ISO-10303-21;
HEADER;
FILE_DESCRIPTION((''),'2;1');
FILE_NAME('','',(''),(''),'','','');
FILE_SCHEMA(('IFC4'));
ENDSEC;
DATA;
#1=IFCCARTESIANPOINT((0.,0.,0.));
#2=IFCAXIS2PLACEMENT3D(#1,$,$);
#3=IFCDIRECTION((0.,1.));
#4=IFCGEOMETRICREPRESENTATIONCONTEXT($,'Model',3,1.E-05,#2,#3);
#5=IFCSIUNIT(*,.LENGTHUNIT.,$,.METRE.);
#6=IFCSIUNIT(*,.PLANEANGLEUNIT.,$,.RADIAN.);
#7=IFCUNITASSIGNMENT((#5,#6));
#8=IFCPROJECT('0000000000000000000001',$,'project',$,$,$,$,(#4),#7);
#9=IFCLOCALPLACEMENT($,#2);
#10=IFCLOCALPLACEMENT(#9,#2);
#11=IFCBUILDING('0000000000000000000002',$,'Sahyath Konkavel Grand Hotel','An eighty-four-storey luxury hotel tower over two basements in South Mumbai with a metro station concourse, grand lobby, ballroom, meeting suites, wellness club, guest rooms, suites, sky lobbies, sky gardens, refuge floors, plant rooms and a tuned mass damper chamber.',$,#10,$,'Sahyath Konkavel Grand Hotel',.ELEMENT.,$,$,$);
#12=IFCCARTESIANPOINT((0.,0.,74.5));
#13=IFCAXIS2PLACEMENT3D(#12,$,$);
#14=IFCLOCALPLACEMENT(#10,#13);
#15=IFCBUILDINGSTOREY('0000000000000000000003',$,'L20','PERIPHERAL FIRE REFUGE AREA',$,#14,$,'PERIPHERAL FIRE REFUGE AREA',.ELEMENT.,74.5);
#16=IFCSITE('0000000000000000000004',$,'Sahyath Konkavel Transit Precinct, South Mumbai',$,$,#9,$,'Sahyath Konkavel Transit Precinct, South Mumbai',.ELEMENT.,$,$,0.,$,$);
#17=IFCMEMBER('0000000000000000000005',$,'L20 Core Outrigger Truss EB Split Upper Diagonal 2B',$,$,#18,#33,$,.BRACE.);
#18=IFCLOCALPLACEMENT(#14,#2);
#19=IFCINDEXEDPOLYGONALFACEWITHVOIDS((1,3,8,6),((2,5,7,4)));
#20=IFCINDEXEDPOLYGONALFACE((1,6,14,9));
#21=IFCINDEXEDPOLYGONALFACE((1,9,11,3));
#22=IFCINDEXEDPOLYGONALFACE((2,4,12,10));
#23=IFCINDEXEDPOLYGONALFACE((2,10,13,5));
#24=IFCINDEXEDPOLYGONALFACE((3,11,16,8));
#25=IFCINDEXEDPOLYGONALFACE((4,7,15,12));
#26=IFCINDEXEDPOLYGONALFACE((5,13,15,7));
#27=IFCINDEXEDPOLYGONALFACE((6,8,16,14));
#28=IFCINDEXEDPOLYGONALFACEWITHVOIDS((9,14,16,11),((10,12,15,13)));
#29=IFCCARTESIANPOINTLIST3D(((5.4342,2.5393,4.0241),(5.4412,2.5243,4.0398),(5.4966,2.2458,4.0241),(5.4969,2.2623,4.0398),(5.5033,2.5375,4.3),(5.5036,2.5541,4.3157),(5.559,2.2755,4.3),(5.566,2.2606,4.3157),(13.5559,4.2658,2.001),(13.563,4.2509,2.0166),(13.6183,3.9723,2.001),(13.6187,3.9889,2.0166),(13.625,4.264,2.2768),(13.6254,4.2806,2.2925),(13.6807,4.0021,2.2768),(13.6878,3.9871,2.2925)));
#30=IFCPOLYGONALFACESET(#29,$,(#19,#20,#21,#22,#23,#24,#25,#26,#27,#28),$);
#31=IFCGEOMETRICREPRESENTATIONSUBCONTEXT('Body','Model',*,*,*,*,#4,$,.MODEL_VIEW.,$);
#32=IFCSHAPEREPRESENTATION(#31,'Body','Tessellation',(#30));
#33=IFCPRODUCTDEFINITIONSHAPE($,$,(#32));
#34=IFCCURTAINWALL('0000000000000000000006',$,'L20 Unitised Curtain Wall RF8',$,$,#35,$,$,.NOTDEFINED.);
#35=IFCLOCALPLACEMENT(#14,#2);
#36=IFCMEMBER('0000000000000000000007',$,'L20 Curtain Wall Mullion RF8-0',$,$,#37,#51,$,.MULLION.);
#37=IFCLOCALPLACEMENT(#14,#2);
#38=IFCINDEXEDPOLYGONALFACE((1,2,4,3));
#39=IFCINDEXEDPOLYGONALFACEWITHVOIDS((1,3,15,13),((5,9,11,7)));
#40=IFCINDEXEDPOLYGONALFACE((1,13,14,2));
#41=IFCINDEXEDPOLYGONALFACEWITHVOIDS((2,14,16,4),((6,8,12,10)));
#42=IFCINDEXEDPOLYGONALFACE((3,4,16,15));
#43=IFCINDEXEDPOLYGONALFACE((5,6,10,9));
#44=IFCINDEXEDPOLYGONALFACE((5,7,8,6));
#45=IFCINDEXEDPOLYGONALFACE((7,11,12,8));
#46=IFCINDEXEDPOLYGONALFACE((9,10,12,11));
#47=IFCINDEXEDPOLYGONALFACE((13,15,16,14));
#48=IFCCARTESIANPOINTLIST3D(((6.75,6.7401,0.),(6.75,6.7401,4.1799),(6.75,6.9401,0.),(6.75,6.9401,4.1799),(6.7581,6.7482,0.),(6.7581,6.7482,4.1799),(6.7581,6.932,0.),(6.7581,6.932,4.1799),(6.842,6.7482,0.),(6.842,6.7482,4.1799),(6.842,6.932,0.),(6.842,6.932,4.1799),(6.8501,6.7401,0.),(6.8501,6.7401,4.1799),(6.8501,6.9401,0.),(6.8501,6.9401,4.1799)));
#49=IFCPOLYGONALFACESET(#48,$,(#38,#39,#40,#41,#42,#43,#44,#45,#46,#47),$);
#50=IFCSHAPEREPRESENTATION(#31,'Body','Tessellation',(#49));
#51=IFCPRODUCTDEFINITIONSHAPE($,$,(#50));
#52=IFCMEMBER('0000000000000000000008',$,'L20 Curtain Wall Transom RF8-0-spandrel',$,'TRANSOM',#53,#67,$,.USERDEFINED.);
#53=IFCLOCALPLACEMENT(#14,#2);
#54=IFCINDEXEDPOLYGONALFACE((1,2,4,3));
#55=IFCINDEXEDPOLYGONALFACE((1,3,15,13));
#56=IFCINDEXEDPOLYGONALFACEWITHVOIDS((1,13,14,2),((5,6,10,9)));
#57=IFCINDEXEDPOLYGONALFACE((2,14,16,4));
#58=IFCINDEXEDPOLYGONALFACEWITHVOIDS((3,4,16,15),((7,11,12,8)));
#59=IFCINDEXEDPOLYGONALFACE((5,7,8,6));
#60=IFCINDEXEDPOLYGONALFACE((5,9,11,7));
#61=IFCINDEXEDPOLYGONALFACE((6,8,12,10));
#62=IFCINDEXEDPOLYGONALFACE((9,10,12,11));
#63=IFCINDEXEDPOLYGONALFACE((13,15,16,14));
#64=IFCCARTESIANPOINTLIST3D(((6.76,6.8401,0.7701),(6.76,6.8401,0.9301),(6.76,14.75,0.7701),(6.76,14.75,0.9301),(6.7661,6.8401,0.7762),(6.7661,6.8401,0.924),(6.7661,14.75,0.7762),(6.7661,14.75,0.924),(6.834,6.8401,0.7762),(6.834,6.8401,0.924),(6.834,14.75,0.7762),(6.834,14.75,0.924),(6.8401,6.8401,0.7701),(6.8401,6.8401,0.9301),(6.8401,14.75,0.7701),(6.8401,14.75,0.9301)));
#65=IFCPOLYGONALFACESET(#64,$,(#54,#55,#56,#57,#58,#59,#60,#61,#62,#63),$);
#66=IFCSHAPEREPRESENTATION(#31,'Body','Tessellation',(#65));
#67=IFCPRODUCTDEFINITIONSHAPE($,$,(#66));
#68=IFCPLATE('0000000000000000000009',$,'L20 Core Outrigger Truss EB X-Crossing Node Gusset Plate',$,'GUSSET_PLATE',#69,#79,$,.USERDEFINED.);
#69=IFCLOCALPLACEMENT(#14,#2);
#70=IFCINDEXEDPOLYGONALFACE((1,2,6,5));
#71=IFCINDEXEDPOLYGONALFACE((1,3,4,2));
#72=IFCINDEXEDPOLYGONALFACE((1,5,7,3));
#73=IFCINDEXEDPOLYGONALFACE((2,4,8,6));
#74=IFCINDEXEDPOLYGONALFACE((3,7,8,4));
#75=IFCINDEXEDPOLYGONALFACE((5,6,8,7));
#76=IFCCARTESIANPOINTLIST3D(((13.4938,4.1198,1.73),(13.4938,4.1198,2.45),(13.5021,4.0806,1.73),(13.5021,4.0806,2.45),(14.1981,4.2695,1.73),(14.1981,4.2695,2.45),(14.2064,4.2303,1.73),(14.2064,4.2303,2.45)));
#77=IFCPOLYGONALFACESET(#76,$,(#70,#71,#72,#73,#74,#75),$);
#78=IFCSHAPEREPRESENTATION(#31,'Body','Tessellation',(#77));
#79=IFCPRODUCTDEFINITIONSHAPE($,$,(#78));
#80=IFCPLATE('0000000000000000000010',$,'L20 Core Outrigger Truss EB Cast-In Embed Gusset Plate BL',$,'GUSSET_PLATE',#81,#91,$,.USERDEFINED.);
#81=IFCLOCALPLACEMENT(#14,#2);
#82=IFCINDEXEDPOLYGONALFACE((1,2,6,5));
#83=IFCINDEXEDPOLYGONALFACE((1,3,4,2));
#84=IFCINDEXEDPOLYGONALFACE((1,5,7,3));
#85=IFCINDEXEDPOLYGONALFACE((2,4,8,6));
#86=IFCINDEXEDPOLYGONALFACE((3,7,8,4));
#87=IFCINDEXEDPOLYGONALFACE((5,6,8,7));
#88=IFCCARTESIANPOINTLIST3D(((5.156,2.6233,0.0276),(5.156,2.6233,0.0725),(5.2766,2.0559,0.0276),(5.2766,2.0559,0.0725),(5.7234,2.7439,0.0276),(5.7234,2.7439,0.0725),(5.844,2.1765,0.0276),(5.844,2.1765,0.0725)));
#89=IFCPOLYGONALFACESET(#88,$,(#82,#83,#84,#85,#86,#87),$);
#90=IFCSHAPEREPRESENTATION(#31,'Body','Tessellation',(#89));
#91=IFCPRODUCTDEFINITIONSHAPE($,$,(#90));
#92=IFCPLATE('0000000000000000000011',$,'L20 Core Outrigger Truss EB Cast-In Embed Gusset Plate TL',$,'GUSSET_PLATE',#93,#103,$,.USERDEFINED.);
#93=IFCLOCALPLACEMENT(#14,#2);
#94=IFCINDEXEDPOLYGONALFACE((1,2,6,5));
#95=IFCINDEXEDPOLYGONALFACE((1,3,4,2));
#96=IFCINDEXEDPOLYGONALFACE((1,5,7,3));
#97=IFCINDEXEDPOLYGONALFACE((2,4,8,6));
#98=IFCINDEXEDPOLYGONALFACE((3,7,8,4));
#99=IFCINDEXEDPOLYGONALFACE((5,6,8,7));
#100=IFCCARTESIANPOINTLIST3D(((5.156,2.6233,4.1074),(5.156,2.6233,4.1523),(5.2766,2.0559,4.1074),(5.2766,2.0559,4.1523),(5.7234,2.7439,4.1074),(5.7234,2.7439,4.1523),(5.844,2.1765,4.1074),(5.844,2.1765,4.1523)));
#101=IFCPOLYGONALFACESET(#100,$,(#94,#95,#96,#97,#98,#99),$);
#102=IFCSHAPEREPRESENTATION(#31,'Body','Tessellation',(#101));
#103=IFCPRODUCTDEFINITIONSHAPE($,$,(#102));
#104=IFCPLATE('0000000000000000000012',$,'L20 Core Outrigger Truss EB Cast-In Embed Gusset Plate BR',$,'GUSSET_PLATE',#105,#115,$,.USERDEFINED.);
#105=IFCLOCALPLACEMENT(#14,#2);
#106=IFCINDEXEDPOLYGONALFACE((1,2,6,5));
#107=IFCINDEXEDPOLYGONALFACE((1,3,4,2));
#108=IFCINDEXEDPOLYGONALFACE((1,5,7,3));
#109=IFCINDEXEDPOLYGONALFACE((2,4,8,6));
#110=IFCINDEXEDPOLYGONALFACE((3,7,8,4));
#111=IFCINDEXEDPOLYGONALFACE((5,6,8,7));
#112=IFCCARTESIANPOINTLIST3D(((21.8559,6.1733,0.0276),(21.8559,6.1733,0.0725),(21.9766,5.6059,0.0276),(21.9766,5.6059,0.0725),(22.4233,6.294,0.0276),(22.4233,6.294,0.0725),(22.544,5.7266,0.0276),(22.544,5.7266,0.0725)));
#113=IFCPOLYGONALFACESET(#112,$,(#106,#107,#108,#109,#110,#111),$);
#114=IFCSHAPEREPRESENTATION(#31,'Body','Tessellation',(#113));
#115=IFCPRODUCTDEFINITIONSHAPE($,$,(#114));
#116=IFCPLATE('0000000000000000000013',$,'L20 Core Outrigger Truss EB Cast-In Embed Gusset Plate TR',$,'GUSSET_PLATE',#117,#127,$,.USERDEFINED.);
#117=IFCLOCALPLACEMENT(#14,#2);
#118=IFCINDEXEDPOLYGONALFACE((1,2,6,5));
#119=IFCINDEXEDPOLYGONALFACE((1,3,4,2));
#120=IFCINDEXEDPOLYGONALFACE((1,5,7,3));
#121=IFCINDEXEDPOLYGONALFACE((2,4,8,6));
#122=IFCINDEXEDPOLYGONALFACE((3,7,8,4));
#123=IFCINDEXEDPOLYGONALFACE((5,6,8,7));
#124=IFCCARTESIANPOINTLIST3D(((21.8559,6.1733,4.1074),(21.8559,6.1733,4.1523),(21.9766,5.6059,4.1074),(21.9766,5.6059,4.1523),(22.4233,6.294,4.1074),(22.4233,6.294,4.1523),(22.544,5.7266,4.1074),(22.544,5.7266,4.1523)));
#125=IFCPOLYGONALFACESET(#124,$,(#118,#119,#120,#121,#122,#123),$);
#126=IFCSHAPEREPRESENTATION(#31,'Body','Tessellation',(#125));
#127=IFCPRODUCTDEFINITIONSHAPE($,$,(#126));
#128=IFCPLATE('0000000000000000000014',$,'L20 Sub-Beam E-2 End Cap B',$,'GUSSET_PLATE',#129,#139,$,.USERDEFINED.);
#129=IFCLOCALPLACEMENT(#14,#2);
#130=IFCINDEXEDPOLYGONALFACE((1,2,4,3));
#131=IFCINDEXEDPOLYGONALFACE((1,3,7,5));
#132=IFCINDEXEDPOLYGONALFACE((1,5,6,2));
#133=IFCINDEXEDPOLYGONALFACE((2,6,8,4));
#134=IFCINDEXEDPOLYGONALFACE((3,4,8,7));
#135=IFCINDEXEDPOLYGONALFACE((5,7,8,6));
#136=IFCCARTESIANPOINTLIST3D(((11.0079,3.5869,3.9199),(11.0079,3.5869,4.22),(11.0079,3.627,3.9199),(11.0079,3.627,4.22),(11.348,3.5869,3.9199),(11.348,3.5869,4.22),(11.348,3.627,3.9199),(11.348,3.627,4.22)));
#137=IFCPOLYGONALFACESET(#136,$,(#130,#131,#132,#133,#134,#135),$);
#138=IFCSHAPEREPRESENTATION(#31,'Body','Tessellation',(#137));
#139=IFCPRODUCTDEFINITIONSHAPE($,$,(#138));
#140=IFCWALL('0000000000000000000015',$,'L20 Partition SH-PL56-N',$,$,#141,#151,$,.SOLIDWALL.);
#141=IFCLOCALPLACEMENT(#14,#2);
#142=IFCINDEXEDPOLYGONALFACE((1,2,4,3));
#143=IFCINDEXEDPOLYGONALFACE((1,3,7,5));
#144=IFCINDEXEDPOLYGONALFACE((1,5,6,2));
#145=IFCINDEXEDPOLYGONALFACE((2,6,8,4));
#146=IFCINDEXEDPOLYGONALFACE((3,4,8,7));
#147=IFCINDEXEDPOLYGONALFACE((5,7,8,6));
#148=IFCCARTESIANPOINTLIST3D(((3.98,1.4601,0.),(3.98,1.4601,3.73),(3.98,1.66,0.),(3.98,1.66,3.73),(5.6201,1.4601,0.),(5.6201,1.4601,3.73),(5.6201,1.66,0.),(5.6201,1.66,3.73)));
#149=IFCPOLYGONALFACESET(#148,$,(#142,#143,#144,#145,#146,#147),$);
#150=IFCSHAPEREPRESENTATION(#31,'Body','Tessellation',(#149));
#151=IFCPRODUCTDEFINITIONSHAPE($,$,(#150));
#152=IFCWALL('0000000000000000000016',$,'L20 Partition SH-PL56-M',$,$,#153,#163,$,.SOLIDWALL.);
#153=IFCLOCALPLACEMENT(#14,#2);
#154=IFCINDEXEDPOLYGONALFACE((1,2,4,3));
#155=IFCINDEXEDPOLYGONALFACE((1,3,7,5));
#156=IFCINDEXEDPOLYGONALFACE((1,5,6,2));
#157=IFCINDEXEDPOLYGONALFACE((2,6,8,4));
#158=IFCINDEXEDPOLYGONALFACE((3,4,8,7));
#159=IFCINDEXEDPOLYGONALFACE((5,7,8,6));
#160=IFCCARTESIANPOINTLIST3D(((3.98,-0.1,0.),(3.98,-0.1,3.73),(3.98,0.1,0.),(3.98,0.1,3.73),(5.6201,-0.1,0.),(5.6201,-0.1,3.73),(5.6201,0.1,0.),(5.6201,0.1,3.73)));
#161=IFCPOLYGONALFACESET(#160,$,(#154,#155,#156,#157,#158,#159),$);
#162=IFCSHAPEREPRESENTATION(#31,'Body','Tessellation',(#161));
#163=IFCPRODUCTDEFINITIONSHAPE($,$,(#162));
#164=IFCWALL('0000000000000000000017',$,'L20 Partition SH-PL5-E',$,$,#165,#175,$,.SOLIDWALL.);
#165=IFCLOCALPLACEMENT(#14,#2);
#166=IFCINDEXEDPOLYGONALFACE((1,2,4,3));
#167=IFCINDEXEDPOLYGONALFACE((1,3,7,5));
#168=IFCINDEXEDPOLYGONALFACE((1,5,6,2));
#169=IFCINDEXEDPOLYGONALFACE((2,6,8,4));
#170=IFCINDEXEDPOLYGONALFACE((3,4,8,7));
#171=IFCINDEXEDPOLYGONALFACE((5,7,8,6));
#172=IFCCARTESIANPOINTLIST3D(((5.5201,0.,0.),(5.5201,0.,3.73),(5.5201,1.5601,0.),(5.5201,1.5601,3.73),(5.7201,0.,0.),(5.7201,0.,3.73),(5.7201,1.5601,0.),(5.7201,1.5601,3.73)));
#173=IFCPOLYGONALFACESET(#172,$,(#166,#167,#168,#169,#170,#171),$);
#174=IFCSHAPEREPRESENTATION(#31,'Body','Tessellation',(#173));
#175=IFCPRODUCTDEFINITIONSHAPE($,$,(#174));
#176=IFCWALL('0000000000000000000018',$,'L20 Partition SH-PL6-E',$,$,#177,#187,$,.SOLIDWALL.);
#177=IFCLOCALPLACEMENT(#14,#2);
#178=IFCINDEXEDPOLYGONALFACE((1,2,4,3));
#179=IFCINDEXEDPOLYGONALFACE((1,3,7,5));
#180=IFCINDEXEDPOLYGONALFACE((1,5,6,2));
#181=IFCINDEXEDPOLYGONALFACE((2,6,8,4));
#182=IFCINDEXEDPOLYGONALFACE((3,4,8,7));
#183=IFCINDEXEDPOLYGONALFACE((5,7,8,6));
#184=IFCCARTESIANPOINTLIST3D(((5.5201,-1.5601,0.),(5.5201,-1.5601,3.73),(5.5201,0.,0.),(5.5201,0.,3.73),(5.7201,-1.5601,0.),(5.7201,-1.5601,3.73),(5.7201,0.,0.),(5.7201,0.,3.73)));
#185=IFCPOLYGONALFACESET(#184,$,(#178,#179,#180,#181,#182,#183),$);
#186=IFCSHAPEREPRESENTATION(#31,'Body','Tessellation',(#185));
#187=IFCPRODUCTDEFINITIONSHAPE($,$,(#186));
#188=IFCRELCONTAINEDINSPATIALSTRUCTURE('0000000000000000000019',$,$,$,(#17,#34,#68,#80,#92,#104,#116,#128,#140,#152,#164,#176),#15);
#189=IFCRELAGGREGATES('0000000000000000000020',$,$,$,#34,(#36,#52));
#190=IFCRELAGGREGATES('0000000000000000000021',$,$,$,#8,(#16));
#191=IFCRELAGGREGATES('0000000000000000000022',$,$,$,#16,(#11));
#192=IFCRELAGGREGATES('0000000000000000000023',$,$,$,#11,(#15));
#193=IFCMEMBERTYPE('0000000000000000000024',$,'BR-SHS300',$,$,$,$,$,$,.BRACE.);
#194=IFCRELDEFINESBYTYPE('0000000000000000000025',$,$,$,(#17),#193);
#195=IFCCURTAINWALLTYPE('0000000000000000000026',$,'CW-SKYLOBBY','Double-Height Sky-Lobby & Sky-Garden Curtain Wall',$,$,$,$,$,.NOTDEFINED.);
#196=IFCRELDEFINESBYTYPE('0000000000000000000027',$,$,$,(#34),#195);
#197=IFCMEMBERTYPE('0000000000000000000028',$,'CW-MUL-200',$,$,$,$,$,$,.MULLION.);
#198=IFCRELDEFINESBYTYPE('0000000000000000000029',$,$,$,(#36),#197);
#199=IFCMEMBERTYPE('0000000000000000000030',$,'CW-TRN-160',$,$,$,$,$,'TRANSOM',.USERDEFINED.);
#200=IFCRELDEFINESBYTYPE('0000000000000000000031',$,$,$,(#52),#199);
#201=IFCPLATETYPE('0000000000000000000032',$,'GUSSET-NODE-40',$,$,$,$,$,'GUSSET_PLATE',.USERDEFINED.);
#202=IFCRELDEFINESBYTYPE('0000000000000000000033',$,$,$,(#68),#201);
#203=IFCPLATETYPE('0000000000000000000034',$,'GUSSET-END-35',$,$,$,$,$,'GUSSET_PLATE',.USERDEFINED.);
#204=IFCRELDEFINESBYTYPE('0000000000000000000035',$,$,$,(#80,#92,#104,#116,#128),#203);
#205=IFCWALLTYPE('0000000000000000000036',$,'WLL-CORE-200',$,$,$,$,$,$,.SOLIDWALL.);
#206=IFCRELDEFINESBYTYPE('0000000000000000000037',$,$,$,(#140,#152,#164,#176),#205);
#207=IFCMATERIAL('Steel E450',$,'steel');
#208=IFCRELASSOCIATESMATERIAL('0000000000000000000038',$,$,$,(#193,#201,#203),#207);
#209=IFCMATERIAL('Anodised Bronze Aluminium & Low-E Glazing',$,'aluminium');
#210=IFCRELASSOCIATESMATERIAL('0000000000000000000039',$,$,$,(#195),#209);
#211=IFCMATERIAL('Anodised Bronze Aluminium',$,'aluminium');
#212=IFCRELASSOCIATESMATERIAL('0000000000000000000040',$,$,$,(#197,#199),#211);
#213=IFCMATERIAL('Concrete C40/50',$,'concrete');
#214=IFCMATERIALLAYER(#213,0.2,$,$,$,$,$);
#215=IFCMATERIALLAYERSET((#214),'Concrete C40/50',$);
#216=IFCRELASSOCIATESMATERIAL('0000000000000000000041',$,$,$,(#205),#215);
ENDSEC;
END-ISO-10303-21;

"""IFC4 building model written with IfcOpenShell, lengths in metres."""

from ifc_helpers import new_model, si_unit, direction, frame, frame_2d, origin, origin_2d, place, context, subcontext, project, spatial, rectangle, hollow_rectangle, extrude, source, transform, mapped, material, layer, layer_set, material_profile, profile_set, type_object, element, aggregate, save


model = new_model("IFC4")

# Units and contexts
model_context = context("Model", 3, precision=1e-05, world=origin(), true_north=direction((0.0, 1.0)))
body_context = subcontext(model_context, "Body", "Model", "MODEL_VIEW")
ifc_project = project(units=[si_unit("LENGTHUNIT", "METRE"), si_unit("PLANEANGLEUNIT", "RADIAN")], contexts=[model_context])

# Site, building, storey
site_placement = place(None, origin())
site = spatial("IfcSite", under=ifc_project, at=site_placement, Name="Sahyath Konkavel Transit Precinct, South Mumbai", LongName="Sahyath Konkavel Transit Precinct, South Mumbai", CompositionType="ELEMENT", RefElevation=0.0)
building_placement = place(site_placement, origin())
building = spatial("IfcBuilding", under=site, at=building_placement, Name="Sahyath Konkavel Grand Hotel", Description="An eighty-four-storey luxury hotel tower over two basements in South Mumbai with a metro station concourse, grand lobby, ballroom, meeting suites, wellness club, guest rooms, suites, sky lobbies, sky gardens, refuge floors, plant rooms and a tuned mass damper chamber.", LongName="Sahyath Konkavel Grand Hotel", CompositionType="ELEMENT")
storey_placement = place(building_placement, frame((0.0, 0.0, 74.5)))
storey = spatial("IfcBuildingStorey", under=building, at=storey_placement, Name="L20", Description="PERIPHERAL FIRE REFUGE AREA", LongName="PERIPHERAL FIRE REFUGE AREA", CompositionType="ELEMENT", Elevation=74.5)

# Shared definitions
ifc_material_1 = material(Name="Steel E450", Category="steel")

# Member
ifc_material_profile_1 = material_profile(ifc_material_1, hollow_rectangle(XDim=0.3, YDim=0.3, WallThickness=0.0161, at=origin_2d()), Name="SHS 300x300x16")
ifc_profile_set_1 = profile_set([ifc_material_profile_1], Name="Steel E450")
member_type_1 = type_object("IfcMemberType", Name="BR-SHS300", PredefinedType="BRACE", material=ifc_profile_set_1)
shared_shape_1 = source(origin(), body_context, "Body", "SweptSolid", [
    extrude(hollow_rectangle(XDim=0.3, YDim=0.3, WallThickness=0.0161, at=origin_2d()), origin(), (0.0, 0.0, 1.0), 8.5461),
])
for number, where, z_axis, x_axis, name in (
    (1, (13.6218, 4.1265, 2.1467), (-0.950338, -0.202026, 0.236735), (0.207936, -0.978142, 0.0), "L20 Core Outrigger Truss EB Split Upper Diagonal 2B"),
):
    element("IfcMember", number, at=place(storey_placement, frame(where, z_axis=z_axis, x_axis=x_axis)), inside=storey, type_object=member_type_1, Name=name, PredefinedType="BRACE", context=body_context, shape_type="MappedRepresentation", body=[
        mapped(shared_shape_1, transform((0.0, 0.0, 0.0), scale=1.0)),
    ])

# Curtain wall, members
ifc_material_2 = material(Name="Anodised Bronze Aluminium & Low-E Glazing", Category="aluminium")
curtain_wall_type = type_object("IfcCurtainWallType", Name="CW-SKYLOBBY", Description="Double-Height Sky-Lobby & Sky-Garden Curtain Wall", PredefinedType="NOTDEFINED", material=ifc_material_2)
curtain_wall_placement = place(storey_placement, origin())
curtain_wall = element("IfcCurtainWall", 2, at=curtain_wall_placement, inside=storey, type_object=curtain_wall_type, Name="L20 Unitised Curtain Wall RF8", PredefinedType="NOTDEFINED")
ifc_material_3 = material(Name="Anodised Bronze Aluminium", Category="aluminium")
ifc_material_profile_2 = material_profile(ifc_material_3, hollow_rectangle(XDim=0.1001, YDim=0.2, WallThickness=0.0081, at=origin_2d()), Name="RHS 200x100x8")
ifc_profile_set_2 = profile_set([ifc_material_profile_2], Name="Anodised Bronze Aluminium")
member_type_2 = type_object("IfcMemberType", Name="CW-MUL-200", PredefinedType="MULLION", material=ifc_profile_set_2)
shared_shape_2 = source(origin(), body_context, "Body", "SweptSolid", [
    extrude(hollow_rectangle(XDim=0.1001, YDim=0.2, WallThickness=0.0081, at=origin_2d()), origin(), (0.0, 0.0, 1.0), 4.1799),
])
member_1_placement = place(storey_placement, frame((6.8, 6.8401, 0.0), z_axis=(0.0, 0.0, 1.0), x_axis=(1.0, 0.0, 0.0)))
member_1 = element("IfcMember", 3, at=member_1_placement, type_object=member_type_2, Name="L20 Curtain Wall Mullion RF8-0", PredefinedType="MULLION", context=body_context, shape_type="MappedRepresentation", body=[
    mapped(shared_shape_2, transform((0.0, 0.0, 0.0), scale=1.0)),
])
ifc_material_profile_3 = material_profile(ifc_material_3, hollow_rectangle(XDim=0.0801, YDim=0.1599, WallThickness=0.0061, at=origin_2d()), Name="RHS 160x80x6")
ifc_profile_set_3 = profile_set([ifc_material_profile_3], Name="Anodised Bronze Aluminium")
member_type_3 = type_object("IfcMemberType", Name="CW-TRN-160", ElementType="TRANSOM", PredefinedType="USERDEFINED", material=ifc_profile_set_3)
shared_shape_3 = source(origin(), body_context, "Body", "SweptSolid", [
    extrude(hollow_rectangle(XDim=0.0801, YDim=0.1599, WallThickness=0.0061, at=origin_2d()), origin(), (0.0, 0.0, 1.0), 7.9099),
])
member_2_placement = place(storey_placement, frame((6.8, 6.8401, 0.8501), z_axis=(0.0, 1.0, 0.0), x_axis=(-1.0, 0.0, 0.0)))
member_2 = element("IfcMember", 4, at=member_2_placement, type_object=member_type_3, Name="L20 Curtain Wall Transom RF8-0-spandrel", ObjectType="TRANSOM", PredefinedType="USERDEFINED", context=body_context, shape_type="MappedRepresentation", body=[
    mapped(shared_shape_3, transform((0.0, 0.0, 0.0), scale=1.0)),
])
aggregate(curtain_wall, [member_1, member_2])

# Plates
plate_type_1 = type_object("IfcPlateType", Name="GUSSET-NODE-40", ElementType="GUSSET_PLATE", PredefinedType="USERDEFINED", material=ifc_material_1)
shared_shape_4 = source(origin(), body_context, "Body", "SweptSolid", [
    extrude(rectangle(XDim=0.72, YDim=0.04, at=origin_2d()), origin(), (0.0, 0.0, 1.0), 0.72),
])
plate_1_placement = place(storey_placement, frame((13.8501, 4.175, 1.73), z_axis=(0.0, 0.0, 1.0), x_axis=(0.978144, 0.207929, 0.0)))
element("IfcPlate", 5, at=plate_1_placement, inside=storey, type_object=plate_type_1, Name="L20 Core Outrigger Truss EB X-Crossing Node Gusset Plate", ObjectType="GUSSET_PLATE", PredefinedType="USERDEFINED", context=body_context, shape_type="MappedRepresentation", body=[
    mapped(shared_shape_4, transform((0.0, 0.0, 0.0), scale=1.0)),
])
plate_type_2 = type_object("IfcPlateType", Name="GUSSET-END-35", ElementType="GUSSET_PLATE", PredefinedType="USERDEFINED", material=ifc_material_1)
shared_shape_5 = source(origin(), body_context, "Body", "SweptSolid", [
    extrude(rectangle(XDim=0.5801, YDim=0.5801, at=origin_2d()), origin(), (0.0, 0.0, 1.0), 0.0449),
])
for number, where, z_axis, x_axis, name in (
    (6, (5.5, 2.3999, 0.0276), (0.0, 0.0, 1.0), (0.978144, 0.207929, 0.0), "L20 Core Outrigger Truss EB Cast-In Embed Gusset Plate BL"),
    (7, (5.5, 2.3999, 4.1074), (0.0, 0.0, 1.0), (0.978144, 0.207929, 0.0), "L20 Core Outrigger Truss EB Cast-In Embed Gusset Plate TL"),
    (8, (22.2, 5.95, 0.0276), (0.0, 0.0, 1.0), (0.978144, 0.207929, 0.0), "L20 Core Outrigger Truss EB Cast-In Embed Gusset Plate BR"),
    (9, (22.2, 5.95, 4.1074), (0.0, 0.0, 1.0), (0.978144, 0.207929, 0.0), "L20 Core Outrigger Truss EB Cast-In Embed Gusset Plate TR"),
):
    element("IfcPlate", number, at=place(storey_placement, frame(where, z_axis=z_axis, x_axis=x_axis)), inside=storey, type_object=plate_type_2, Name=name, ObjectType="GUSSET_PLATE", PredefinedType="USERDEFINED", context=body_context, shape_type="MappedRepresentation", body=[
        mapped(shared_shape_5, transform((0.0, 0.0, 0.0), scale=1.0)),
    ])
shared_shape_6 = source(origin(), body_context, "Body", "SweptSolid", [
    extrude(rectangle(XDim=0.04, YDim=0.3401, at=origin_2d()), origin(), (0.0, 0.0, 1.0), 0.3),
])
plate_2_placement = place(storey_placement, frame((11.178, 3.6069, 3.9199), z_axis=(0.0, 0.0, 1.0), x_axis=(0.0, 1.0, 0.0)))
element("IfcPlate", 10, at=plate_2_placement, inside=storey, type_object=plate_type_2, Name="L20 Sub-Beam E-2 End Cap B", ObjectType="GUSSET_PLATE", PredefinedType="USERDEFINED", context=body_context, shape_type="MappedRepresentation", body=[
    mapped(shared_shape_6, transform((0.0, 0.0, 0.0), scale=1.0)),
])

# Walls
ifc_material_4 = material(Name="Concrete C40/50", Category="concrete")
ifc_layer = layer(ifc_material_4, 0.2)
ifc_layer_set = layer_set([ifc_layer], Name="Concrete C40/50")
wall_type = type_object("IfcWallType", Name="WLL-CORE-200", PredefinedType="SOLIDWALL", material=ifc_layer_set)
for number, where, z_axis, x_axis, name in (
    (11, (3.98, 1.5601, 0.0), (0.0, 0.0, 1.0), (1.0, 0.0, 0.0), "L20 Partition SH-PL56-N"),
    (12, (3.98, 0.0, 0.0), (0.0, 0.0, 1.0), (1.0, 0.0, 0.0), "L20 Partition SH-PL56-M"),
):
    element("IfcWall", number, at=place(storey_placement, frame(where, z_axis=z_axis, x_axis=x_axis)), inside=storey, type_object=wall_type, Name=name, PredefinedType="SOLIDWALL", context=body_context, shape_type="SweptSolid", body=[
        extrude(rectangle(XDim=1.6401, YDim=0.2, at=frame_2d((0.8201, 0.0))), origin(), (0.0, 0.0, 1.0), 3.73),
    ])
for number, where, z_axis, x_axis, name in (
    (13, (5.6201, 0.0, 0.0), (0.0, 0.0, 1.0), (0.0, 1.0, 0.0), "L20 Partition SH-PL5-E"),
    (14, (5.6201, -1.5601, 0.0), (0.0, 0.0, 1.0), (0.0, 1.0, 0.0), "L20 Partition SH-PL6-E"),
):
    element("IfcWall", number, at=place(storey_placement, frame(where, z_axis=z_axis, x_axis=x_axis)), inside=storey, type_object=wall_type, Name=name, PredefinedType="SOLIDWALL", context=body_context, shape_type="SweptSolid", body=[
        extrude(rectangle(XDim=1.5601, YDim=0.2, at=frame_2d((0.78, 0.0))), origin(), (0.0, 0.0, 1.0), 3.73),
    ])

save(model, "model.ifc")
